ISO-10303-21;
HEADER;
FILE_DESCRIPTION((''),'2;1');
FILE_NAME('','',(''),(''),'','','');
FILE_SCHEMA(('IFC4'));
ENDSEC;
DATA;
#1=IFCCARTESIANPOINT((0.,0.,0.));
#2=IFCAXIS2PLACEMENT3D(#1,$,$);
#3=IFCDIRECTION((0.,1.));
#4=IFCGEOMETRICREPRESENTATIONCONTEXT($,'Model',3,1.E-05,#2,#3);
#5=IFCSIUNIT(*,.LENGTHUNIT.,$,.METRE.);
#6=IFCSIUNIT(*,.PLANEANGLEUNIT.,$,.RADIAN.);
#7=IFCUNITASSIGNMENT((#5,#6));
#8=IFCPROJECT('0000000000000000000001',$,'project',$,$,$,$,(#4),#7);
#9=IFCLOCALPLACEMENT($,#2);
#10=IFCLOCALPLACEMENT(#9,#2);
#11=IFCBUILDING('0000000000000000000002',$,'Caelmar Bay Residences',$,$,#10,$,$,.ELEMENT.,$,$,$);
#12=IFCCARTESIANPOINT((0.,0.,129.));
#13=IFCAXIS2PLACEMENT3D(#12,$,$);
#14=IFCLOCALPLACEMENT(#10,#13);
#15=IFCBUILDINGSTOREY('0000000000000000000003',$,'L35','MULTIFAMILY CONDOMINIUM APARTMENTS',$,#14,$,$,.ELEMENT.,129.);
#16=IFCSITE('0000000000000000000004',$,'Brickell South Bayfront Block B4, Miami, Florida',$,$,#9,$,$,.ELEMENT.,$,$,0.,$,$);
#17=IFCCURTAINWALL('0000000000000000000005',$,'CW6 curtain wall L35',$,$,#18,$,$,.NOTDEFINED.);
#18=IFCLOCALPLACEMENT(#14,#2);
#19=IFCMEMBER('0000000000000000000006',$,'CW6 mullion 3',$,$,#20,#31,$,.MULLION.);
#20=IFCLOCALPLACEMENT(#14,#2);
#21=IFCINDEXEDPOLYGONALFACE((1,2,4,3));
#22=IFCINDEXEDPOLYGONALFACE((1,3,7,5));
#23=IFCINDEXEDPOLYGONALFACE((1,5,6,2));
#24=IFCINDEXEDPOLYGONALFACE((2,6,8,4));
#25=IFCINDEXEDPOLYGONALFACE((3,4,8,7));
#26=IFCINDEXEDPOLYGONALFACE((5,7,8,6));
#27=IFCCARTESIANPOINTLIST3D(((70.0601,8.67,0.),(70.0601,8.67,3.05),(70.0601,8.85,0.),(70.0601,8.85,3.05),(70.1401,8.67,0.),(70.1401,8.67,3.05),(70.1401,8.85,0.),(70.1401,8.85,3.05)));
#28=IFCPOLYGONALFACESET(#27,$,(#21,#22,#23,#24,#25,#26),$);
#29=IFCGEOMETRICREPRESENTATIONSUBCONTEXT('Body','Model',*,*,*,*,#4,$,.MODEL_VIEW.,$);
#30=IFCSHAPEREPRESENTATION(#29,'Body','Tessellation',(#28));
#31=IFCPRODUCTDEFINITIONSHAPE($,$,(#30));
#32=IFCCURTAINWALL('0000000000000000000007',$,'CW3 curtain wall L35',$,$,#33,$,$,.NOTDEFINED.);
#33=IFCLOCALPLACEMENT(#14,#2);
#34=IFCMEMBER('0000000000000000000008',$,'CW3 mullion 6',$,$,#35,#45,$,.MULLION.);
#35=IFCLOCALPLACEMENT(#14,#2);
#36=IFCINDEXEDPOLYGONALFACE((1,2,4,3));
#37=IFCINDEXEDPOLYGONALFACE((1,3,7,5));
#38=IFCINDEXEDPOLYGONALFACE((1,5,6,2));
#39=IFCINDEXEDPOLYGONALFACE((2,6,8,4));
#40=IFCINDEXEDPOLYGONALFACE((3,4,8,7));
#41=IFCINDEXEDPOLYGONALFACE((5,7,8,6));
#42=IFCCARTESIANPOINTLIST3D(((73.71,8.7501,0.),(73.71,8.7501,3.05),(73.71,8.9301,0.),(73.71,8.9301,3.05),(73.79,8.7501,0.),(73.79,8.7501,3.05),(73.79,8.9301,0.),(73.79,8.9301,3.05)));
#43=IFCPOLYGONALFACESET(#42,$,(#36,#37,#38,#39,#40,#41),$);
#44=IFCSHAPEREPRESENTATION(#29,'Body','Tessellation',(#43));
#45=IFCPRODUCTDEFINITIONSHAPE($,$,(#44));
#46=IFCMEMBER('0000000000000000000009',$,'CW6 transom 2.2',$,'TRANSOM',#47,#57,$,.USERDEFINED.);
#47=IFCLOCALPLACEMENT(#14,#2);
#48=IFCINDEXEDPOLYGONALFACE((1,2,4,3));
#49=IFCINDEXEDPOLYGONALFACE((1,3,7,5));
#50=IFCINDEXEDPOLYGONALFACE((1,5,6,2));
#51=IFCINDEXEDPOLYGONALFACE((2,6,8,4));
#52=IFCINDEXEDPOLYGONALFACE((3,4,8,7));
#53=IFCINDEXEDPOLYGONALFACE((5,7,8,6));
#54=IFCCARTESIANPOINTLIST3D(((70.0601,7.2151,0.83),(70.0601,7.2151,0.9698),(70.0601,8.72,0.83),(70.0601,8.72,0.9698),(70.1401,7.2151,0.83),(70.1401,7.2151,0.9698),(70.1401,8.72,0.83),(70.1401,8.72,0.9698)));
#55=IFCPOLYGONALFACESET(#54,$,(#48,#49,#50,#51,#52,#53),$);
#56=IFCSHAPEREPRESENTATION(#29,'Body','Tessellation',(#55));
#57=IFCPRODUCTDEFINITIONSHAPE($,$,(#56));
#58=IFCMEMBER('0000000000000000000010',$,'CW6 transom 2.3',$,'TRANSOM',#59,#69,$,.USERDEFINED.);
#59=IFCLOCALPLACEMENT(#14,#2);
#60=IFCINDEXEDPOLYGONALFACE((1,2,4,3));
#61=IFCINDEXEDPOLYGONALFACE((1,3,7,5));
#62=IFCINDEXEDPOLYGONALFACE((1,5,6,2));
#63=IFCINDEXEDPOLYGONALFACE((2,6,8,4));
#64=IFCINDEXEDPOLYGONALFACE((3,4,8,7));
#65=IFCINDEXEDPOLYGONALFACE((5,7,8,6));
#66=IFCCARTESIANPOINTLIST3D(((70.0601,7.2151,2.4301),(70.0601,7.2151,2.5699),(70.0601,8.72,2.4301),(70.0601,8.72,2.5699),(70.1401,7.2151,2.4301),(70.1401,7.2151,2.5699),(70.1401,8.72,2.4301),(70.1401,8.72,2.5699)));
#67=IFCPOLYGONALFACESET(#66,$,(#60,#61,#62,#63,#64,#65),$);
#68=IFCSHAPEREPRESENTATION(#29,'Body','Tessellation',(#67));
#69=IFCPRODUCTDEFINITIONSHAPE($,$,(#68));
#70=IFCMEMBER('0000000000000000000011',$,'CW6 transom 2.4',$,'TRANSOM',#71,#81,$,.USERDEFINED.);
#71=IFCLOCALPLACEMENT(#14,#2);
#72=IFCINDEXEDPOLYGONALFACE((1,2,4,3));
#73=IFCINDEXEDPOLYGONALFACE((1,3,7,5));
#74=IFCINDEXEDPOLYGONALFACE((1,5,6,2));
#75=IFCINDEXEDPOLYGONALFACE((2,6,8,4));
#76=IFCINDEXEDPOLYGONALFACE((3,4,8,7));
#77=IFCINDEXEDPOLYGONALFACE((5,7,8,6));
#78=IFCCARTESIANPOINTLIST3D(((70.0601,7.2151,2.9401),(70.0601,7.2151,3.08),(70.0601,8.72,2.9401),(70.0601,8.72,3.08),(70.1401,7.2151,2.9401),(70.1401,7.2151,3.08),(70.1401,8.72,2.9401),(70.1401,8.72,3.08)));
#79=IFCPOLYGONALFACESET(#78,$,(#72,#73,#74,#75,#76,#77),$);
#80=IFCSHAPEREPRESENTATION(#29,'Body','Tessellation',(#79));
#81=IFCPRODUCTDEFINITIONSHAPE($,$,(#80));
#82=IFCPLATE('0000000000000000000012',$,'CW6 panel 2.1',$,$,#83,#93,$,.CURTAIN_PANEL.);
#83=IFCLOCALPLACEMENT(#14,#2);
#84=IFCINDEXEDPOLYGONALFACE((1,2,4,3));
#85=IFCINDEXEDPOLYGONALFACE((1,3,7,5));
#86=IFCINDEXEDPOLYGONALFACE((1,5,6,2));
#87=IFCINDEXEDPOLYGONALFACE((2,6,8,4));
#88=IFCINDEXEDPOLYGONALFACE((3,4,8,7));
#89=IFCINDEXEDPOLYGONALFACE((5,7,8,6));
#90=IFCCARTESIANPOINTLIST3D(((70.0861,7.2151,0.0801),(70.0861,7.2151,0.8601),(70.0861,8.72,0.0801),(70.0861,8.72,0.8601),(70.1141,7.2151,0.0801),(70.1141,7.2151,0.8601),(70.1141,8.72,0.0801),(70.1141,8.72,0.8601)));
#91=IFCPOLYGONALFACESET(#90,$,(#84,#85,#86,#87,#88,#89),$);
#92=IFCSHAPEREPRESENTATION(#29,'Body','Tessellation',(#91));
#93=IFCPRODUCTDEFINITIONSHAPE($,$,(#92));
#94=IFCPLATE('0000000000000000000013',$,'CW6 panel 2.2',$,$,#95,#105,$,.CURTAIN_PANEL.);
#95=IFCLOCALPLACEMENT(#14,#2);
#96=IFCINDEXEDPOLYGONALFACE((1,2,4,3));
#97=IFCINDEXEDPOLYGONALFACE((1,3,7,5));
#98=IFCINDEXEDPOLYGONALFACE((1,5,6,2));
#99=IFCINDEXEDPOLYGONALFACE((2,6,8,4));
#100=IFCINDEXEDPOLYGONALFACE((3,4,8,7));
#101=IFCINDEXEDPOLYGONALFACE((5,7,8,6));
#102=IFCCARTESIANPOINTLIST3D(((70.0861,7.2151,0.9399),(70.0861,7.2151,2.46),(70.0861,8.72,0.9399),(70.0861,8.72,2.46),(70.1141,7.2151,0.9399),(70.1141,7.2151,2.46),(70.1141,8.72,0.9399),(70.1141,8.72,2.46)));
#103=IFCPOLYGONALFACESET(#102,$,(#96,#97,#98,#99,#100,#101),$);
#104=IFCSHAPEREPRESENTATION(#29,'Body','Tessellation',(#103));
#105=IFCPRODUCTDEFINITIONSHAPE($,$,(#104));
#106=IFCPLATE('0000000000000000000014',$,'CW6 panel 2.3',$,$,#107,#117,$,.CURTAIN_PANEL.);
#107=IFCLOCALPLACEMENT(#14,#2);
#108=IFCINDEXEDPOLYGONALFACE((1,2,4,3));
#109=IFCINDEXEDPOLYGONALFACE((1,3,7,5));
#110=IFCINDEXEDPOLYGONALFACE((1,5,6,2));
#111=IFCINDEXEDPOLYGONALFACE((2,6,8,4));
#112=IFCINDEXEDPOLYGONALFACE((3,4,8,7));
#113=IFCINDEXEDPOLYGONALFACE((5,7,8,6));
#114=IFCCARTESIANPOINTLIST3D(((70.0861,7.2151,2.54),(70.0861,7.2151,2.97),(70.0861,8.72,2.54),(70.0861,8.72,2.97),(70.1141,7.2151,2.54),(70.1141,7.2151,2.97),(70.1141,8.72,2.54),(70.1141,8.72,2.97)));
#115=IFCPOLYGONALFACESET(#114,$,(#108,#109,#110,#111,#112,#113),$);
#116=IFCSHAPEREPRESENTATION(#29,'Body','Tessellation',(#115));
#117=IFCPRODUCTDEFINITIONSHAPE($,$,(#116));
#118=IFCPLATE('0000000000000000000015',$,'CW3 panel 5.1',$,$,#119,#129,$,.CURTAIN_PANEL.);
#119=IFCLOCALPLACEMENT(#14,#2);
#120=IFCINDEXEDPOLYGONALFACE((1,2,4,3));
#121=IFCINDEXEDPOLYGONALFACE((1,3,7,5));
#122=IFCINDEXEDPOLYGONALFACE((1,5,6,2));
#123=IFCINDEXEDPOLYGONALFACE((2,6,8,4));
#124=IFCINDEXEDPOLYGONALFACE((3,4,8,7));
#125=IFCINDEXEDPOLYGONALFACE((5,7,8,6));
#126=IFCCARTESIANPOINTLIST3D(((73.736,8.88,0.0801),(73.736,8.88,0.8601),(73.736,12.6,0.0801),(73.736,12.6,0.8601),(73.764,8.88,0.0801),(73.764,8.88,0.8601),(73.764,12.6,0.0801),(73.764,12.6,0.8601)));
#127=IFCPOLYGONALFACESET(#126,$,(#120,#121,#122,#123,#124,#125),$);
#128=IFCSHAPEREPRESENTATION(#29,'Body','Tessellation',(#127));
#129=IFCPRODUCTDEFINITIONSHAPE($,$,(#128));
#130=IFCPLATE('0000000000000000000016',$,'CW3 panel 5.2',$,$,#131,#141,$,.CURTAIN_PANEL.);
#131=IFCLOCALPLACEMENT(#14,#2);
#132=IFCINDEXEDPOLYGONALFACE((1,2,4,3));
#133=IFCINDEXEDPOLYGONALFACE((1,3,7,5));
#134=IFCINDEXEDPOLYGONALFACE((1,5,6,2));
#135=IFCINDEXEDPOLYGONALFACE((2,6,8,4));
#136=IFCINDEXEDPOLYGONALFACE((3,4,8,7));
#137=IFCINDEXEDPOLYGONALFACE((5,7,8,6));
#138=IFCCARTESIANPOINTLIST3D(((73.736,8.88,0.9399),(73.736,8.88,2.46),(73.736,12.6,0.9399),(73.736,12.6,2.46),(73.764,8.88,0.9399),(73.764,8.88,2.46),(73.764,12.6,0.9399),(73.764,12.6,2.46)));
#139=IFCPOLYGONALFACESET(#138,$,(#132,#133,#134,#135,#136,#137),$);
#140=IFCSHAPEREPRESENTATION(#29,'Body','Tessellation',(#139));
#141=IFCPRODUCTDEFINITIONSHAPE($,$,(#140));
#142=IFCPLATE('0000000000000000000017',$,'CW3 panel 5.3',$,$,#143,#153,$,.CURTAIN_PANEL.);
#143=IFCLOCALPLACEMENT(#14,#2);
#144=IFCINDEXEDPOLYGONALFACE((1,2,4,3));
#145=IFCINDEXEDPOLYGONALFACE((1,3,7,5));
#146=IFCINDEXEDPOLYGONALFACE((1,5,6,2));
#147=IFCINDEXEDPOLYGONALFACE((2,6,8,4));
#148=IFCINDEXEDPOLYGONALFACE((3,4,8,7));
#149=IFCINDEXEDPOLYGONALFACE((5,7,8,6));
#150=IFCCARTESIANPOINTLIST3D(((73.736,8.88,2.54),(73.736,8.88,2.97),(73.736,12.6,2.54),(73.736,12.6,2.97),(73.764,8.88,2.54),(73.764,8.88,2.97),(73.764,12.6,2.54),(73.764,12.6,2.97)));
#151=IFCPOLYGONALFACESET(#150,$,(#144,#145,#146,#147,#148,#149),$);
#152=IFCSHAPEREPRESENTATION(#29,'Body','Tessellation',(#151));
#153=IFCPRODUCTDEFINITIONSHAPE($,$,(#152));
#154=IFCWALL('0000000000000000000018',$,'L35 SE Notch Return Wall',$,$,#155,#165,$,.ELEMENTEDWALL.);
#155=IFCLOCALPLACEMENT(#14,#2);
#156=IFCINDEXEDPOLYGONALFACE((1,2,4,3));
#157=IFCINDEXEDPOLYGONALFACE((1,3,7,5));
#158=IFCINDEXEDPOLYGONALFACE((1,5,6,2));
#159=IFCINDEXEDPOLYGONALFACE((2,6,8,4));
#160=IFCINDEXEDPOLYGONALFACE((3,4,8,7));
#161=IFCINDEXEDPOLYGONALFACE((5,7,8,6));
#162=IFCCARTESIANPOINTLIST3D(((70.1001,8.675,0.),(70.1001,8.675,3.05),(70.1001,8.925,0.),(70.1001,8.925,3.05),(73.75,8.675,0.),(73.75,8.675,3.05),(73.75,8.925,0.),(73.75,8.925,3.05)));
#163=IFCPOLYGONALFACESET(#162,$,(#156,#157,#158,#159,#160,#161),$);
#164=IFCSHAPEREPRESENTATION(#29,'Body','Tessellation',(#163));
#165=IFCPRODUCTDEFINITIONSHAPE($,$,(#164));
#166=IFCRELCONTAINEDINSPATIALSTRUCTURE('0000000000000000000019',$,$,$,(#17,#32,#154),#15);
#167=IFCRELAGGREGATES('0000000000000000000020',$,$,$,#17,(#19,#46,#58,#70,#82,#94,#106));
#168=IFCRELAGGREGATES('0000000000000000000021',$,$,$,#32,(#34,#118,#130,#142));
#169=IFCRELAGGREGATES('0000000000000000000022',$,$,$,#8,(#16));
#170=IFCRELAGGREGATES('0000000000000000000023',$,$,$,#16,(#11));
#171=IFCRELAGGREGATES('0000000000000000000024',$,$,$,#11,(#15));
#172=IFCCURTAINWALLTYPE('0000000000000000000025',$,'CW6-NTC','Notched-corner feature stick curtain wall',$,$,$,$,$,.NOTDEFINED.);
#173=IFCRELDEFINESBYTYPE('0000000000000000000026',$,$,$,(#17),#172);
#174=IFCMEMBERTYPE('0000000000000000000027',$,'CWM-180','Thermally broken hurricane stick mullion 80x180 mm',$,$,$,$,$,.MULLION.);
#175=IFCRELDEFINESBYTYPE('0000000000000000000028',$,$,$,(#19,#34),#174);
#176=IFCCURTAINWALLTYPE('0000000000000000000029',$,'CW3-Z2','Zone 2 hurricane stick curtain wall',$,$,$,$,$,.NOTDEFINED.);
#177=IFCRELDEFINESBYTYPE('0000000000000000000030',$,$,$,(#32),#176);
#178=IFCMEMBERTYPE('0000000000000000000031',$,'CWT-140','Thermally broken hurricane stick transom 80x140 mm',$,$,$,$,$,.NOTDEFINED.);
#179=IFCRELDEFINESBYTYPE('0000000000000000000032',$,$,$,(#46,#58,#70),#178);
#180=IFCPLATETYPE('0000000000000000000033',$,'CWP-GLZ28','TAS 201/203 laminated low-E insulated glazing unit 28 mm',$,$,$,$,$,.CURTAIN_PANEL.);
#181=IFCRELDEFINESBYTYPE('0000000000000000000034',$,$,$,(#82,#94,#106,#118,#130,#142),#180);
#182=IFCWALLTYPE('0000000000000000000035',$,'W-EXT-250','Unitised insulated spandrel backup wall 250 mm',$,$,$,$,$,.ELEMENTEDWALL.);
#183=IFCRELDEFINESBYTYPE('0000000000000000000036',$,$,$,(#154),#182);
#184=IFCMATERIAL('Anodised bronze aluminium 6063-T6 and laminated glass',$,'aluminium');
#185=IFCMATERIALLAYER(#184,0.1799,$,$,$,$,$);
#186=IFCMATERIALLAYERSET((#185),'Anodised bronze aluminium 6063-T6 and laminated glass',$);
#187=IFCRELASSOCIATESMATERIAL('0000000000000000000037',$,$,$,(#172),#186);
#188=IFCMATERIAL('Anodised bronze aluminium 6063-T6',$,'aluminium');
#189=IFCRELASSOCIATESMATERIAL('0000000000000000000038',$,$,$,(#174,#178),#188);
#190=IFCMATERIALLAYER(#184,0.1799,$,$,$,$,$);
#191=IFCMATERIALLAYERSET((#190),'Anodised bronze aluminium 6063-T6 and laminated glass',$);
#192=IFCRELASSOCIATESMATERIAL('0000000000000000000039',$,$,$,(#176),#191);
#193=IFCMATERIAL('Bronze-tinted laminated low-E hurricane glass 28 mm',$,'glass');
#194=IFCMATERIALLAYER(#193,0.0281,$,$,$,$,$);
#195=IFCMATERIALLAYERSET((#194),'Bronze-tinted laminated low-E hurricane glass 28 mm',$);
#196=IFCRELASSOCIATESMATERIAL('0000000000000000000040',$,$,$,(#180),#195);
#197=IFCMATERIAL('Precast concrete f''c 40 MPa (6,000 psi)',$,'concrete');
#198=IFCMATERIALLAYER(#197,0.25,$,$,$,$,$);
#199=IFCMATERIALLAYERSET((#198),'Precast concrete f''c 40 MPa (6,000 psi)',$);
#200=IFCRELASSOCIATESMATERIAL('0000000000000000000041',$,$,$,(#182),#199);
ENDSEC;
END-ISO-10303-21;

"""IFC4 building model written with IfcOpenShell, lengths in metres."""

from ifc_helpers import new_model, si_unit, direction, frame, frame_2d, origin, origin_2d, place, context, subcontext, project, spatial, rectangle, extrude, material, layer, layer_set, material_profile, profile_set, type_object, element, aggregate, save


model = new_model("IFC4")

# Units and contexts
model_context = context("Model", 3, precision=1e-05, world=origin(), true_north=direction((0.0, 1.0)))
body_context = subcontext(model_context, "Body", "Model", "MODEL_VIEW")
ifc_project = project(units=[si_unit("LENGTHUNIT", "METRE"), si_unit("PLANEANGLEUNIT", "RADIAN")], contexts=[model_context])

# Site, building, storey
site_placement = place(None, origin())
site = spatial("IfcSite", under=ifc_project, at=site_placement, Name="Brickell South Bayfront Block B4, Miami, Florida", CompositionType="ELEMENT", RefElevation=0.0)
building_placement = place(site_placement, origin())
building = spatial("IfcBuilding", under=site, at=building_placement, Name="Caelmar Bay Residences", CompositionType="ELEMENT")
storey_placement = place(building_placement, frame((0.0, 0.0, 129.0)))
storey = spatial("IfcBuildingStorey", under=building, at=storey_placement, Name="L35", Description="MULTIFAMILY CONDOMINIUM APARTMENTS", CompositionType="ELEMENT", Elevation=129.0)

# Curtain walls, members
ifc_material_1 = material(Name="Anodised bronze aluminium 6063-T6 and laminated glass", Category="aluminium")
ifc_layer_1 = layer(ifc_material_1, 0.1799)
ifc_layer_set_1 = layer_set([ifc_layer_1], Name="Anodised bronze aluminium 6063-T6 and laminated glass")
curtain_wall_type_1 = type_object("IfcCurtainWallType", Name="CW6-NTC", Description="Notched-corner feature stick curtain wall", PredefinedType="NOTDEFINED", material=ifc_layer_set_1)
curtain_wall_1_placement = place(storey_placement, origin())
curtain_wall_1 = element("IfcCurtainWall", 1, at=curtain_wall_1_placement, inside=storey, type_object=curtain_wall_type_1, Name="CW6 curtain wall L35", PredefinedType="NOTDEFINED")
ifc_material_2 = material(Name="Anodised bronze aluminium 6063-T6", Category="aluminium")
ifc_material_profile_1 = material_profile(ifc_material_2, rectangle(XDim=0.0801, YDim=0.1799, at=origin_2d()), Name="CWM-80X180")
ifc_profile_set_1 = profile_set([ifc_material_profile_1], Name="Anodised bronze aluminium 6063-T6")
member_type_1 = type_object("IfcMemberType", Name="CWM-180", Description="Thermally broken hurricane stick mullion 80x180 mm", PredefinedType="MULLION", material=ifc_profile_set_1)
member_1_placement = place(storey_placement, frame((70.1001, 8.76, 0.0), z_axis=(0.0, 0.0, 1.0), x_axis=(-1.0, 0.0, 0.0)))
member_1 = element("IfcMember", 2, at=member_1_placement, type_object=member_type_1, Name="CW6 mullion 3", PredefinedType="MULLION", context=body_context, shape_type="SweptSolid", body=[
    extrude(rectangle(XDim=0.0801, YDim=0.1799, at=origin_2d()), origin(), (0.0, 0.0, 1.0), 3.05),
])
ifc_layer_2 = layer(ifc_material_1, 0.1799)
ifc_layer_set_2 = layer_set([ifc_layer_2], Name="Anodised bronze aluminium 6063-T6 and laminated glass")
curtain_wall_type_2 = type_object("IfcCurtainWallType", Name="CW3-Z2", Description="Zone 2 hurricane stick curtain wall", PredefinedType="NOTDEFINED", material=ifc_layer_set_2)
curtain_wall_2_placement = place(storey_placement, origin())
curtain_wall_2 = element("IfcCurtainWall", 3, at=curtain_wall_2_placement, inside=storey, type_object=curtain_wall_type_2, Name="CW3 curtain wall L35", PredefinedType="NOTDEFINED")
member_2_placement = place(storey_placement, frame((73.75, 8.8401, 0.0), z_axis=(0.0, 0.0, 1.0), x_axis=(1.0, 0.0, 0.0)))
member_2 = element("IfcMember", 4, at=member_2_placement, type_object=member_type_1, Name="CW3 mullion 6", PredefinedType="MULLION", context=body_context, shape_type="SweptSolid", body=[
    extrude(rectangle(XDim=0.0801, YDim=0.1799, at=origin_2d()), origin(), (0.0, 0.0, 1.0), 3.05),
])

# Members
ifc_material_profile_2 = material_profile(ifc_material_2, rectangle(XDim=0.0801, YDim=0.1399, at=origin_2d()), Name="CWT-80X140")
ifc_profile_set_2 = profile_set([ifc_material_profile_2], Name="Anodised bronze aluminium 6063-T6")
member_type_2 = type_object("IfcMemberType", Name="CWT-140", Description="Thermally broken hurricane stick transom 80x140 mm", PredefinedType="NOTDEFINED", material=ifc_profile_set_2)
member_3_placement = place(storey_placement, frame((70.1001, 7.2151, 0.8999), z_axis=(0.0, 1.0, 0.0), x_axis=(-1.0, 0.0, 0.0)))
member_3 = element("IfcMember", 5, at=member_3_placement, type_object=member_type_2, Name="CW6 transom 2.2", ObjectType="TRANSOM", PredefinedType="USERDEFINED", context=body_context, shape_type="SweptSolid", body=[
    extrude(rectangle(XDim=0.0801, YDim=0.1399, at=origin_2d()), origin(), (0.0, 0.0, 1.0), 1.5049),
])
member_4_placement = place(storey_placement, frame((70.1001, 7.2151, 2.5), z_axis=(0.0, 1.0, 0.0), x_axis=(-1.0, 0.0, 0.0)))
member_4 = element("IfcMember", 6, at=member_4_placement, type_object=member_type_2, Name="CW6 transom 2.3", ObjectType="TRANSOM", PredefinedType="USERDEFINED", context=body_context, shape_type="SweptSolid", body=[
    extrude(rectangle(XDim=0.0801, YDim=0.1399, at=origin_2d()), origin(), (0.0, 0.0, 1.0), 1.5049),
])
member_5_placement = place(storey_placement, frame((70.1001, 7.2151, 3.01), z_axis=(0.0, 1.0, 0.0), x_axis=(-1.0, 0.0, 0.0)))
member_5 = element("IfcMember", 7, at=member_5_placement, type_object=member_type_2, Name="CW6 transom 2.4", ObjectType="TRANSOM", PredefinedType="USERDEFINED", context=body_context, shape_type="SweptSolid", body=[
    extrude(rectangle(XDim=0.0801, YDim=0.1399, at=origin_2d()), origin(), (0.0, 0.0, 1.0), 1.5049),
])

# Plates
ifc_material_3 = material(Name="Bronze-tinted laminated low-E hurricane glass 28 mm", Category="glass")
ifc_layer_3 = layer(ifc_material_3, 0.0281)
ifc_layer_set_3 = layer_set([ifc_layer_3], Name="Bronze-tinted laminated low-E hurricane glass 28 mm")
plate_type = type_object("IfcPlateType", Name="CWP-GLZ28", Description="TAS 201/203 laminated low-E insulated glazing unit 28 mm", PredefinedType="CURTAIN_PANEL", material=ifc_layer_set_3)
plate_1_placement = place(storey_placement, frame((70.1001, 7.9675, 0.0801), z_axis=(0.0, 0.0, 1.0), x_axis=(0.0, 1.0, 0.0)))
plate_1 = element("IfcPlate", 8, at=plate_1_placement, type_object=plate_type, Name="CW6 panel 2.1", PredefinedType="CURTAIN_PANEL", context=body_context, shape_type="SweptSolid", body=[
    extrude(rectangle(XDim=1.5049, YDim=0.0281, at=origin_2d()), origin(), (0.0, 0.0, 1.0), 0.78),
])
plate_2_placement = place(storey_placement, frame((70.1001, 7.9675, 0.9399), z_axis=(0.0, 0.0, 1.0), x_axis=(0.0, 1.0, 0.0)))
plate_2 = element("IfcPlate", 9, at=plate_2_placement, type_object=plate_type, Name="CW6 panel 2.2", PredefinedType="CURTAIN_PANEL", context=body_context, shape_type="SweptSolid", body=[
    extrude(rectangle(XDim=1.5049, YDim=0.0281, at=origin_2d()), origin(), (0.0, 0.0, 1.0), 1.52),
])
plate_3_placement = place(storey_placement, frame((70.1001, 7.9675, 2.54), z_axis=(0.0, 0.0, 1.0), x_axis=(0.0, 1.0, 0.0)))
plate_3 = element("IfcPlate", 10, at=plate_3_placement, type_object=plate_type, Name="CW6 panel 2.3", PredefinedType="CURTAIN_PANEL", context=body_context, shape_type="SweptSolid", body=[
    extrude(rectangle(XDim=1.5049, YDim=0.0281, at=origin_2d()), origin(), (0.0, 0.0, 1.0), 0.4299),
])
aggregate(curtain_wall_1, [member_1, member_3, member_4, member_5, plate_1, plate_2, plate_3])
plate_4_placement = place(storey_placement, frame((73.75, 10.74, 0.0801), z_axis=(0.0, 0.0, 1.0), x_axis=(0.0, -1.0, 0.0)))
plate_4 = element("IfcPlate", 11, at=plate_4_placement, type_object=plate_type, Name="CW3 panel 5.1", PredefinedType="CURTAIN_PANEL", context=body_context, shape_type="SweptSolid", body=[
    extrude(rectangle(XDim=3.72, YDim=0.0281, at=origin_2d()), origin(), (0.0, 0.0, 1.0), 0.78),
])
plate_5_placement = place(storey_placement, frame((73.75, 10.74, 0.9399), z_axis=(0.0, 0.0, 1.0), x_axis=(0.0, -1.0, 0.0)))
plate_5 = element("IfcPlate", 12, at=plate_5_placement, type_object=plate_type, Name="CW3 panel 5.2", PredefinedType="CURTAIN_PANEL", context=body_context, shape_type="SweptSolid", body=[
    extrude(rectangle(XDim=3.72, YDim=0.0281, at=origin_2d()), origin(), (0.0, 0.0, 1.0), 1.52),
])
plate_6_placement = place(storey_placement, frame((73.75, 10.74, 2.54), z_axis=(0.0, 0.0, 1.0), x_axis=(0.0, -1.0, 0.0)))
plate_6 = element("IfcPlate", 13, at=plate_6_placement, type_object=plate_type, Name="CW3 panel 5.3", PredefinedType="CURTAIN_PANEL", context=body_context, shape_type="SweptSolid", body=[
    extrude(rectangle(XDim=3.72, YDim=0.0281, at=origin_2d()), origin(), (0.0, 0.0, 1.0), 0.4299),
])
aggregate(curtain_wall_2, [member_2, plate_4, plate_5, plate_6])

# Wall
ifc_material_4 = material(Name="Precast concrete f'c 40 MPa (6,000 psi)", Category="concrete")
ifc_layer_4 = layer(ifc_material_4, 0.25)
ifc_layer_set_4 = layer_set([ifc_layer_4], Name="Precast concrete f'c 40 MPa (6,000 psi)")
wall_type_1 = type_object("IfcWallType", Name="W-EXT-250", Description="Unitised insulated spandrel backup wall 250 mm", PredefinedType="ELEMENTEDWALL", material=ifc_layer_set_4)
wall_1_placement = place(storey_placement, frame((70.1001, 8.8, 0.0), z_axis=(0.0, 0.0, 1.0), x_axis=(1.0, 0.0, 0.0)))
element("IfcWall", 14, at=wall_1_placement, inside=storey, type_object=wall_type_1, Name="L35 SE Notch Return Wall", PredefinedType="ELEMENTEDWALL", context=body_context, shape_type="SweptSolid", body=[
    extrude(rectangle(XDim=3.6499, YDim=0.25, at=frame_2d((1.825, 0.0))), origin(), (0.0, 0.0, 1.0), 3.05),
])

save(model, "model.ifc")
